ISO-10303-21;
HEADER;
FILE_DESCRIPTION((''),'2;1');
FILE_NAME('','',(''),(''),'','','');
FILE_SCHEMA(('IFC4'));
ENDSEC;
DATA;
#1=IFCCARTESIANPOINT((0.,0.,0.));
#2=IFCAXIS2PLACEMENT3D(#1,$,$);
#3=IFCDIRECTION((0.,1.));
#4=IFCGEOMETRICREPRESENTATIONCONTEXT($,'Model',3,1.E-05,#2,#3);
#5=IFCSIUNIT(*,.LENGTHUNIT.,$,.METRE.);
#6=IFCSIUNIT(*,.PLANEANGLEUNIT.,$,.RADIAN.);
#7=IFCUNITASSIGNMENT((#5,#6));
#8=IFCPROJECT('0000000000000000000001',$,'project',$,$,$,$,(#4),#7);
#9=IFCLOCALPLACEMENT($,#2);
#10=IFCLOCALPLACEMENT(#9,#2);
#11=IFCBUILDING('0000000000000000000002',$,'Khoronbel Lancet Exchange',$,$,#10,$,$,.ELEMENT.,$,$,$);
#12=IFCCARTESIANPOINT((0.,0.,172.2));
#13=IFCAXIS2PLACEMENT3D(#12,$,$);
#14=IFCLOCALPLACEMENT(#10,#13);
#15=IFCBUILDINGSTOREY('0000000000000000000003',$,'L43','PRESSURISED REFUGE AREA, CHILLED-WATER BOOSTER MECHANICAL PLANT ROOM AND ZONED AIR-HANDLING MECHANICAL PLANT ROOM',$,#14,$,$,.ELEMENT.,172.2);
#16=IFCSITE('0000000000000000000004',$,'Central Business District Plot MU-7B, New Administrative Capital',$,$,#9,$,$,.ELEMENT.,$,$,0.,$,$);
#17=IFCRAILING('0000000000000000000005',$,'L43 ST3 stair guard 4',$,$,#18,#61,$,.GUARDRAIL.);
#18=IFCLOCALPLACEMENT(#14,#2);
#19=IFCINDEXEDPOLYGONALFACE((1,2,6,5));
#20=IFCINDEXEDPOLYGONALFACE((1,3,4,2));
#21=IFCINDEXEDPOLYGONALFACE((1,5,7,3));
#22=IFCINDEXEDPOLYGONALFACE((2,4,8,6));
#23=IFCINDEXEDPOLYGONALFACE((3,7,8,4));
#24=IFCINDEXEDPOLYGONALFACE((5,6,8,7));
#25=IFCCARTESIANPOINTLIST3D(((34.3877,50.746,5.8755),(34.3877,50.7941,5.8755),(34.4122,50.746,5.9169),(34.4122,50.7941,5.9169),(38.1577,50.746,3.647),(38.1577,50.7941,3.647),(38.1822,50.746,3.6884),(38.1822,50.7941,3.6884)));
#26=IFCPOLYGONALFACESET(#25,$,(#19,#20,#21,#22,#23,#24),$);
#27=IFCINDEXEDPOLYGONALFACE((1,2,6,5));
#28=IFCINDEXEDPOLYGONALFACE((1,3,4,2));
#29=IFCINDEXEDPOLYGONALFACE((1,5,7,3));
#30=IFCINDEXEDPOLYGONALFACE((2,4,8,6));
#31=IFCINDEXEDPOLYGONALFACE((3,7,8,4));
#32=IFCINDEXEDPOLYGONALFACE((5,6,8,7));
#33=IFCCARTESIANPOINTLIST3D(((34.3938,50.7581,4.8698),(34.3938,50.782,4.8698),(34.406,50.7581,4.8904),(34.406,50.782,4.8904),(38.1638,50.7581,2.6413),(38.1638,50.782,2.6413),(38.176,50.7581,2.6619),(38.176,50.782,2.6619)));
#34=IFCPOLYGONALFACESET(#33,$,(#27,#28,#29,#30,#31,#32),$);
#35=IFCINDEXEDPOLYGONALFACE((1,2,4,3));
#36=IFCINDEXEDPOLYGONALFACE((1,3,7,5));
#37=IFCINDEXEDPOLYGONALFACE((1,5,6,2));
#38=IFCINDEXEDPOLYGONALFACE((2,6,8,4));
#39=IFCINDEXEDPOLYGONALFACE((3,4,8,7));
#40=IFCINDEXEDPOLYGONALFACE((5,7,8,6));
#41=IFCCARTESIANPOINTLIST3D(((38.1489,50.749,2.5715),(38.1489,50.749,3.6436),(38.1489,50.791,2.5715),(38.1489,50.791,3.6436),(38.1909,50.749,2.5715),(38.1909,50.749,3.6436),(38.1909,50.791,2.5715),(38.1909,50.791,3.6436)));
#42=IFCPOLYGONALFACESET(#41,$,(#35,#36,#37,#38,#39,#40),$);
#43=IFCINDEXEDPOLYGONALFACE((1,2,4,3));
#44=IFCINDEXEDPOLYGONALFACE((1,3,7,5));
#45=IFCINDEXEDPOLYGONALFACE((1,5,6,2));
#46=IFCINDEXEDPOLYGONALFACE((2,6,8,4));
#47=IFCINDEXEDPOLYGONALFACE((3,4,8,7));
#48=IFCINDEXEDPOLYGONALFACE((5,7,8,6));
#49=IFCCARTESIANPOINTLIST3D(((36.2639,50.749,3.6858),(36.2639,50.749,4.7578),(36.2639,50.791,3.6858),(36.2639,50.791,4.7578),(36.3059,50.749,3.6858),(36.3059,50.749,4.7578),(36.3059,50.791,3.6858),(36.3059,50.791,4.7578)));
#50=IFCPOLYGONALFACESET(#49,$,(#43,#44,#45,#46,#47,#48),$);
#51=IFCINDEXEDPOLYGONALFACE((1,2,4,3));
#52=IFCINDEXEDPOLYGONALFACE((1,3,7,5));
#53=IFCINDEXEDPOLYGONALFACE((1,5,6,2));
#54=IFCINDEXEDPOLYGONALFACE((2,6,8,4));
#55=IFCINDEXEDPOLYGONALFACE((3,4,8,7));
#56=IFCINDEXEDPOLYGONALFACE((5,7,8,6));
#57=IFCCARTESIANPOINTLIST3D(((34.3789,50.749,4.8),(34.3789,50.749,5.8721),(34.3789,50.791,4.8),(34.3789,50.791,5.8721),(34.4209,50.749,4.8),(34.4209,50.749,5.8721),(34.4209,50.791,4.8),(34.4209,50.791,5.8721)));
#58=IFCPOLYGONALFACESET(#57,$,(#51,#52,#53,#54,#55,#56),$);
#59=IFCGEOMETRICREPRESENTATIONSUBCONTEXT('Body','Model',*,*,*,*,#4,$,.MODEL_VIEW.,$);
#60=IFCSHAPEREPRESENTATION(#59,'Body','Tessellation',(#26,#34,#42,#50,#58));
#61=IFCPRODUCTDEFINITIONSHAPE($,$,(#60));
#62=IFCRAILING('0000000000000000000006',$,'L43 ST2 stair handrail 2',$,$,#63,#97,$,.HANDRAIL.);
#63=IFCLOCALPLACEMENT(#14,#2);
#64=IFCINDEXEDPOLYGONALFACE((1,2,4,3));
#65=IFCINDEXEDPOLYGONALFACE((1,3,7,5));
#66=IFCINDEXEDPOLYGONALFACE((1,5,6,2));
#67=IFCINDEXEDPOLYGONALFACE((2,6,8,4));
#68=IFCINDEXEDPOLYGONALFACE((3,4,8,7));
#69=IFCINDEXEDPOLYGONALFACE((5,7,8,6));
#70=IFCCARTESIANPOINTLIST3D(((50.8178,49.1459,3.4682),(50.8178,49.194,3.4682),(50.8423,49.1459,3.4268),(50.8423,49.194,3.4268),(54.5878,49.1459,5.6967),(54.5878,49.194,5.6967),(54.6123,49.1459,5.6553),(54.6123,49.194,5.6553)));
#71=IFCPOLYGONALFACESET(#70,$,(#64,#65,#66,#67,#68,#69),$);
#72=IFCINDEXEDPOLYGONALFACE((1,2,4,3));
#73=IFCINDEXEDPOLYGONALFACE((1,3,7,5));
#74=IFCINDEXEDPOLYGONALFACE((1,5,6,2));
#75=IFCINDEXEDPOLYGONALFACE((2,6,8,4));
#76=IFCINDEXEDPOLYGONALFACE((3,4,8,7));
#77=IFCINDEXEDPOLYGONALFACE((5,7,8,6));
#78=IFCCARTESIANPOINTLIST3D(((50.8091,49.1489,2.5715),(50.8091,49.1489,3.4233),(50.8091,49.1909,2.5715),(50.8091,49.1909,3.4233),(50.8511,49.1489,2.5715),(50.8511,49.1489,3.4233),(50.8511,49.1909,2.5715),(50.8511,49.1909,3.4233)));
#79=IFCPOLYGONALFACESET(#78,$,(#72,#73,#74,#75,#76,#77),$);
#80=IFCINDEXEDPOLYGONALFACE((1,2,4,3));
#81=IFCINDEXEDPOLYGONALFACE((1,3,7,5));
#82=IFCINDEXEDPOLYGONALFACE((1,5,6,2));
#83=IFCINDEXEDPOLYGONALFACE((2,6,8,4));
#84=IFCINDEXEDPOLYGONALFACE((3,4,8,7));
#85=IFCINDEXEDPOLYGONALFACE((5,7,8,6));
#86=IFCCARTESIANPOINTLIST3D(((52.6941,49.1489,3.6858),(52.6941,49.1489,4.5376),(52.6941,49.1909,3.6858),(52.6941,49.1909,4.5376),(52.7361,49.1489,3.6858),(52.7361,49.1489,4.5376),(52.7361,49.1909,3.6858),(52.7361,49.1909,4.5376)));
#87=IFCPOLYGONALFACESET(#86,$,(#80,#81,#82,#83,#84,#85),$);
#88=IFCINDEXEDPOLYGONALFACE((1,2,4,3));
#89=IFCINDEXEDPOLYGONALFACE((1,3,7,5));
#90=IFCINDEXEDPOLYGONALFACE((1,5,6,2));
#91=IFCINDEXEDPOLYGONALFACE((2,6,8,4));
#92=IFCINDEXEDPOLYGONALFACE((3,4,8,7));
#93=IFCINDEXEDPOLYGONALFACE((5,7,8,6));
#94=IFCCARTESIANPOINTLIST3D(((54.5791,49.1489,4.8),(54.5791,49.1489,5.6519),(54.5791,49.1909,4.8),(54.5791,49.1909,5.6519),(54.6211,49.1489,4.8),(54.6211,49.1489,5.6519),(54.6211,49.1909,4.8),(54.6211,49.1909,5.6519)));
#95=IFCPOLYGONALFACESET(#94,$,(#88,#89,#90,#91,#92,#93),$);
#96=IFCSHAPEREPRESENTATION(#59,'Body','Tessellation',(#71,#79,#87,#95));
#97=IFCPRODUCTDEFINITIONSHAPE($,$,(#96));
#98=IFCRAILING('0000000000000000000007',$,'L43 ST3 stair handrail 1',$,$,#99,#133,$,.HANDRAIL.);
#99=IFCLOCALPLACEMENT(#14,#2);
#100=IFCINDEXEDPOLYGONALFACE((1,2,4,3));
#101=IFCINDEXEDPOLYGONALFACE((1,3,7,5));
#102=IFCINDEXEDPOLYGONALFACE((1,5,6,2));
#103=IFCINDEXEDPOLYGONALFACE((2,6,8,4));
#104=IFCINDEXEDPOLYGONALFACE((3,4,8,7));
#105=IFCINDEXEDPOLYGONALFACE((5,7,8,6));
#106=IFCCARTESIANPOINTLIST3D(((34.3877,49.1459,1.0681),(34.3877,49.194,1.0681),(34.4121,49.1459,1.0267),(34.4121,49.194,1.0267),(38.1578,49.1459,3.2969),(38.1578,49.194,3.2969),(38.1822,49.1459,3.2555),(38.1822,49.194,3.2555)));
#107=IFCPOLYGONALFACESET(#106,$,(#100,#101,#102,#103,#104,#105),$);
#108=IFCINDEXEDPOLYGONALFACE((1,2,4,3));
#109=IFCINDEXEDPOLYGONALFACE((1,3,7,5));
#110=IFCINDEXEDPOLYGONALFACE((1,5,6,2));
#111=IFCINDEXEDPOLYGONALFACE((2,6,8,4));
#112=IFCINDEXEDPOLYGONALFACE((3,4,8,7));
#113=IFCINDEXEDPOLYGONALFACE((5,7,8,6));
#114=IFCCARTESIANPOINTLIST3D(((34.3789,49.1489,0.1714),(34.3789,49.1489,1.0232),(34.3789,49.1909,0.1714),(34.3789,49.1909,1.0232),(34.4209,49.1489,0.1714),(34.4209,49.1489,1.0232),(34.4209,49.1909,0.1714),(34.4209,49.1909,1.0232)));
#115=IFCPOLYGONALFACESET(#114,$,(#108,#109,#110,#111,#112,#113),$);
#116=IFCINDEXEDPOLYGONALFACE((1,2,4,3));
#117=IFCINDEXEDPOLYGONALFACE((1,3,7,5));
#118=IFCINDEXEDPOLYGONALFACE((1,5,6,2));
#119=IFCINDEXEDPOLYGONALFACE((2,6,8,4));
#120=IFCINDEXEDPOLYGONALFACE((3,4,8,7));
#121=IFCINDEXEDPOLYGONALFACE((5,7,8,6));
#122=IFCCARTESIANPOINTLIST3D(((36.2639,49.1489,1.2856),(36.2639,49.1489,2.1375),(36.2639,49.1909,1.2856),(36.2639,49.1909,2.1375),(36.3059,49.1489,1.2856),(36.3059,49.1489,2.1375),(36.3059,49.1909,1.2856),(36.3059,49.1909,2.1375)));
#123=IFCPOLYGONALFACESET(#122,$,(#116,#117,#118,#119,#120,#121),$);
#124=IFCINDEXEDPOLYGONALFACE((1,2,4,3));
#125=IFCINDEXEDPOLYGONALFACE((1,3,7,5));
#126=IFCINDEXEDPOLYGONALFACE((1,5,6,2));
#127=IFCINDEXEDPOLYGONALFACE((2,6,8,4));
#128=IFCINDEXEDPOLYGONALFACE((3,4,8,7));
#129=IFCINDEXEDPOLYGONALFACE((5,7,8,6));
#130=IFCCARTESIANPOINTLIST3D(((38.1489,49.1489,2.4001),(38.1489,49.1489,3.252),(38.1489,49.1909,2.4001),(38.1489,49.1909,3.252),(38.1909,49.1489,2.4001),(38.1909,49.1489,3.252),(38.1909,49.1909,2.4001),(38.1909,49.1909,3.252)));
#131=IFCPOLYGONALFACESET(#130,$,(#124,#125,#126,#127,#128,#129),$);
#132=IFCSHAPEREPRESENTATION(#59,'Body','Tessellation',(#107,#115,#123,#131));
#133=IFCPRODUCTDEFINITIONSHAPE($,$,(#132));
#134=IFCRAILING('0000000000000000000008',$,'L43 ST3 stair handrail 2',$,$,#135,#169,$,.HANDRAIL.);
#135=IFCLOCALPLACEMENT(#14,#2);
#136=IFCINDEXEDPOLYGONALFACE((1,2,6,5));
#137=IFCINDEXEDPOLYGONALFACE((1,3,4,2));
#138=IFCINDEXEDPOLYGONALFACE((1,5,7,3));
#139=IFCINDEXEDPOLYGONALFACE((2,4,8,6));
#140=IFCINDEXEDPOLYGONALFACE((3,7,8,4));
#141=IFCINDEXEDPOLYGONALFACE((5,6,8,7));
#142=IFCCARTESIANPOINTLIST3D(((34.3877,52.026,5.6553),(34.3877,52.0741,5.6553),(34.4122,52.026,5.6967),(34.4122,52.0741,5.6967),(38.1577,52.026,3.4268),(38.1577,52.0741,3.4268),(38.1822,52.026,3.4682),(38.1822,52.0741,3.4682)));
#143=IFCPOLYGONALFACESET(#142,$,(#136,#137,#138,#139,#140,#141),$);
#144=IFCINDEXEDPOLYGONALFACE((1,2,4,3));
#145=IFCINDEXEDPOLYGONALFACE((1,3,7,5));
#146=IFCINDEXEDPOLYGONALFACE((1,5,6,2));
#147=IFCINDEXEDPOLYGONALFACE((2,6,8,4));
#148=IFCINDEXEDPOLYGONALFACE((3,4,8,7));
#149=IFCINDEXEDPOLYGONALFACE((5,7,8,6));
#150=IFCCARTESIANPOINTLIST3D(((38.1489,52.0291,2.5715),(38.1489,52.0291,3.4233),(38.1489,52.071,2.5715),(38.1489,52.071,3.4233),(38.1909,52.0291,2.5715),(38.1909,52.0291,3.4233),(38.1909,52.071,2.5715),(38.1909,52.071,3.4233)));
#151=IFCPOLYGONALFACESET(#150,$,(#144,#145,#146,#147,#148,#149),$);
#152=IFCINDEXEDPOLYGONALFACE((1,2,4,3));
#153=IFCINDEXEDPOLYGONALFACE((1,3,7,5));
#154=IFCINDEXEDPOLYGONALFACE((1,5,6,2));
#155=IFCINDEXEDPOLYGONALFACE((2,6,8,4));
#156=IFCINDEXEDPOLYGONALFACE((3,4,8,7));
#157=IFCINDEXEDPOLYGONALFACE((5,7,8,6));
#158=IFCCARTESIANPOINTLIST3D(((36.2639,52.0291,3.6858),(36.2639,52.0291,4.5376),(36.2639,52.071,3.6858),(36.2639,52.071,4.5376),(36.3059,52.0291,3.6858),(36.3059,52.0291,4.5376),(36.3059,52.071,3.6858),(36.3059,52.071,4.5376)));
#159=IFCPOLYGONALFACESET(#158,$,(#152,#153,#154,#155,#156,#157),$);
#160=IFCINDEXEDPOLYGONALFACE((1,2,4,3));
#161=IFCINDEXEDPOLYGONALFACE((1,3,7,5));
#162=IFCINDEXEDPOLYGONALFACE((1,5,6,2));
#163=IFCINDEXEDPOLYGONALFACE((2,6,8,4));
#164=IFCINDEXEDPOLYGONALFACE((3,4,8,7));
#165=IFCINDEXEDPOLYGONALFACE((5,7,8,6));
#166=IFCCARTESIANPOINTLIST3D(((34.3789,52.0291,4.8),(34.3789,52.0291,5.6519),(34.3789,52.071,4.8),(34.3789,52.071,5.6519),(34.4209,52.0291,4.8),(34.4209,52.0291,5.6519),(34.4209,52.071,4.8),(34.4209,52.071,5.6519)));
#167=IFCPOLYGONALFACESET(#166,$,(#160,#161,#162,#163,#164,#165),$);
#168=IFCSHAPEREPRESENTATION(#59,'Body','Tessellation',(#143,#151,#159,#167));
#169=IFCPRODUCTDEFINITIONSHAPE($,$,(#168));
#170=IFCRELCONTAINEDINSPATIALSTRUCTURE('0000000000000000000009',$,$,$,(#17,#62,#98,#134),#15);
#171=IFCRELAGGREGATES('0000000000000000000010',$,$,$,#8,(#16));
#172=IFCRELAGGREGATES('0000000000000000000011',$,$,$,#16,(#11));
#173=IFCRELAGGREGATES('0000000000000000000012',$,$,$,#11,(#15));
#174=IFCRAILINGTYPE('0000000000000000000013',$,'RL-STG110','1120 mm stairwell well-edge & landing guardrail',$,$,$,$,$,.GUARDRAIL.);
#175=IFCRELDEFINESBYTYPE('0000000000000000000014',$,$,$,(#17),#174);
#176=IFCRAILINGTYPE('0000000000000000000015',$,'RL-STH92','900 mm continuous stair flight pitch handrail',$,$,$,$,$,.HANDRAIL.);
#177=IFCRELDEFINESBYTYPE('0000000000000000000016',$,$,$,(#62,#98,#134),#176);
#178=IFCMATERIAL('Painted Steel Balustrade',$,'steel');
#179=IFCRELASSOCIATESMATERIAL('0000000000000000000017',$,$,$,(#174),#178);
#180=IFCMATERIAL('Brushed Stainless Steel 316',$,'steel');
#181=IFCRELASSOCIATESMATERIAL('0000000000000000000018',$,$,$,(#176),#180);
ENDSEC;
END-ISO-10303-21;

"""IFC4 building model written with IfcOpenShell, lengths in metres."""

from ifc_helpers import new_model, si_unit, direction, frame, origin, origin_2d, place, context, subcontext, project, spatial, rectangle, extrude, material, type_object, element, save


model = new_model("IFC4")

# Units and contexts
model_context = context("Model", 3, precision=1e-05, world=origin(), true_north=direction((0.0, 1.0)))
body_context = subcontext(model_context, "Body", "Model", "MODEL_VIEW")
ifc_project = project(units=[si_unit("LENGTHUNIT", "METRE"), si_unit("PLANEANGLEUNIT", "RADIAN")], contexts=[model_context])

# Site, building, storey
site_placement = place(None, origin())
site = spatial("IfcSite", under=ifc_project, at=site_placement, Name="Central Business District Plot MU-7B, New Administrative Capital", CompositionType="ELEMENT", RefElevation=0.0)
building_placement = place(site_placement, origin())
building = spatial("IfcBuilding", under=site, at=building_placement, Name="Khoronbel Lancet Exchange", CompositionType="ELEMENT")
storey_placement = place(building_placement, frame((0.0, 0.0, 172.2)))
storey = spatial("IfcBuildingStorey", under=building, at=storey_placement, Name="L43", Description="PRESSURISED REFUGE AREA, CHILLED-WATER BOOSTER MECHANICAL PLANT ROOM AND ZONED AIR-HANDLING MECHANICAL PLANT ROOM", CompositionType="ELEMENT", Elevation=172.2)

# Railings
ifc_material_1 = material(Name="Painted Steel Balustrade", Category="steel")
railing_type_1 = type_object("IfcRailingType", Name="RL-STG110", Description="1120 mm stairwell well-edge & landing guardrail", PredefinedType="GUARDRAIL", material=ifc_material_1)
railing_1_placement = place(storey_placement, frame((38.1699, 50.77, 2.5715)))
element("IfcRailing", 1, at=railing_1_placement, inside=storey, type_object=railing_type_1, Name="L43 ST3 stair guard 4", PredefinedType="GUARDRAIL", context=body_context, shape_type="SweptSolid", body=[
    extrude(rectangle(XDim=0.0481, YDim=0.0481, at=origin_2d()), frame((0.0, 0.0, 1.0962), z_axis=(-0.860849, 0.0, 0.508861), x_axis=(0.0, -1.0, 0.0)), (0.0, 0.0, 1.0), 4.3794),
    extrude(rectangle(XDim=0.0239, YDim=0.0239, at=origin_2d()), frame((0.0, 0.0, 0.0801), z_axis=(-0.860849, 0.0, 0.508861), x_axis=(0.0, -1.0, 0.0)), (0.0, 0.0, 1.0), 4.3794),
    extrude(rectangle(XDim=0.042, YDim=0.042, at=origin_2d()), origin(), (0.0, 0.0, 1.0), 1.072),
    extrude(rectangle(XDim=0.042, YDim=0.042, at=origin_2d()), frame((-1.885, 0.0, 1.1143)), (0.0, 0.0, 1.0), 1.072),
    extrude(rectangle(XDim=0.042, YDim=0.042, at=origin_2d()), frame((-3.77, 0.0, 2.2285)), (0.0, 0.0, 1.0), 1.072),
])
ifc_material_2 = material(Name="Brushed Stainless Steel 316", Category="steel")
railing_type_2 = type_object("IfcRailingType", Name="RL-STH92", Description="900 mm continuous stair flight pitch handrail", PredefinedType="HANDRAIL", material=ifc_material_2)
railing_2_placement = place(storey_placement, frame((50.8301, 49.1699, 2.5715)))
element("IfcRailing", 2, at=railing_2_placement, inside=storey, type_object=railing_type_2, Name="L43 ST2 stair handrail 2", PredefinedType="HANDRAIL", context=body_context, shape_type="SweptSolid", body=[
    extrude(rectangle(XDim=0.0481, YDim=0.0481, at=origin_2d()), frame((0.0, 0.0, 0.876), z_axis=(0.860849, 0.0, 0.508861), x_axis=(0.0, 1.0, 0.0)), (0.0, 0.0, 1.0), 4.3794),
    extrude(rectangle(XDim=0.042, YDim=0.042, at=origin_2d()), origin(), (0.0, 0.0, 1.0), 0.8518),
    extrude(rectangle(XDim=0.042, YDim=0.042, at=origin_2d()), frame((1.885, 0.0, 1.1143)), (0.0, 0.0, 1.0), 0.8518),
    extrude(rectangle(XDim=0.042, YDim=0.042, at=origin_2d()), frame((3.77, 0.0, 2.2285)), (0.0, 0.0, 1.0), 0.8518),
])
railing_3_placement = place(storey_placement, frame((34.3999, 49.1699, 0.1714)))
element("IfcRailing", 3, at=railing_3_placement, inside=storey, type_object=railing_type_2, Name="L43 ST3 stair handrail 1", PredefinedType="HANDRAIL", context=body_context, shape_type="SweptSolid", body=[
    extrude(rectangle(XDim=0.0481, YDim=0.0481, at=origin_2d()), frame((0.0, 0.0, 0.876), z_axis=(0.860824, 0.0, 0.508902), x_axis=(0.0, 1.0, 0.0)), (0.0, 0.0, 1.0), 4.3796),
    extrude(rectangle(XDim=0.042, YDim=0.042, at=origin_2d()), origin(), (0.0, 0.0, 1.0), 0.8518),
    extrude(rectangle(XDim=0.042, YDim=0.042, at=origin_2d()), frame((1.885, 0.0, 1.1143)), (0.0, 0.0, 1.0), 0.8518),
    extrude(rectangle(XDim=0.042, YDim=0.042, at=origin_2d()), frame((3.77, 0.0, 2.2288)), (0.0, 0.0, 1.0), 0.8518),
])
railing_4_placement = place(storey_placement, frame((38.1699, 52.05, 2.5715)))
element("IfcRailing", 4, at=railing_4_placement, inside=storey, type_object=railing_type_2, Name="L43 ST3 stair handrail 2", PredefinedType="HANDRAIL", context=body_context, shape_type="SweptSolid", body=[
    extrude(rectangle(XDim=0.0481, YDim=0.0481, at=origin_2d()), frame((0.0, 0.0, 0.876), z_axis=(-0.860849, 0.0, 0.508861), x_axis=(0.0, -1.0, 0.0)), (0.0, 0.0, 1.0), 4.3794),
    extrude(rectangle(XDim=0.042, YDim=0.042, at=origin_2d()), origin(), (0.0, 0.0, 1.0), 0.8518),
    extrude(rectangle(XDim=0.042, YDim=0.042, at=origin_2d()), frame((-1.885, 0.0, 1.1143)), (0.0, 0.0, 1.0), 0.8518),
    extrude(rectangle(XDim=0.042, YDim=0.042, at=origin_2d()), frame((-3.77, 0.0, 2.2285)), (0.0, 0.0, 1.0), 0.8518),
])

save(model, "model.ifc")
